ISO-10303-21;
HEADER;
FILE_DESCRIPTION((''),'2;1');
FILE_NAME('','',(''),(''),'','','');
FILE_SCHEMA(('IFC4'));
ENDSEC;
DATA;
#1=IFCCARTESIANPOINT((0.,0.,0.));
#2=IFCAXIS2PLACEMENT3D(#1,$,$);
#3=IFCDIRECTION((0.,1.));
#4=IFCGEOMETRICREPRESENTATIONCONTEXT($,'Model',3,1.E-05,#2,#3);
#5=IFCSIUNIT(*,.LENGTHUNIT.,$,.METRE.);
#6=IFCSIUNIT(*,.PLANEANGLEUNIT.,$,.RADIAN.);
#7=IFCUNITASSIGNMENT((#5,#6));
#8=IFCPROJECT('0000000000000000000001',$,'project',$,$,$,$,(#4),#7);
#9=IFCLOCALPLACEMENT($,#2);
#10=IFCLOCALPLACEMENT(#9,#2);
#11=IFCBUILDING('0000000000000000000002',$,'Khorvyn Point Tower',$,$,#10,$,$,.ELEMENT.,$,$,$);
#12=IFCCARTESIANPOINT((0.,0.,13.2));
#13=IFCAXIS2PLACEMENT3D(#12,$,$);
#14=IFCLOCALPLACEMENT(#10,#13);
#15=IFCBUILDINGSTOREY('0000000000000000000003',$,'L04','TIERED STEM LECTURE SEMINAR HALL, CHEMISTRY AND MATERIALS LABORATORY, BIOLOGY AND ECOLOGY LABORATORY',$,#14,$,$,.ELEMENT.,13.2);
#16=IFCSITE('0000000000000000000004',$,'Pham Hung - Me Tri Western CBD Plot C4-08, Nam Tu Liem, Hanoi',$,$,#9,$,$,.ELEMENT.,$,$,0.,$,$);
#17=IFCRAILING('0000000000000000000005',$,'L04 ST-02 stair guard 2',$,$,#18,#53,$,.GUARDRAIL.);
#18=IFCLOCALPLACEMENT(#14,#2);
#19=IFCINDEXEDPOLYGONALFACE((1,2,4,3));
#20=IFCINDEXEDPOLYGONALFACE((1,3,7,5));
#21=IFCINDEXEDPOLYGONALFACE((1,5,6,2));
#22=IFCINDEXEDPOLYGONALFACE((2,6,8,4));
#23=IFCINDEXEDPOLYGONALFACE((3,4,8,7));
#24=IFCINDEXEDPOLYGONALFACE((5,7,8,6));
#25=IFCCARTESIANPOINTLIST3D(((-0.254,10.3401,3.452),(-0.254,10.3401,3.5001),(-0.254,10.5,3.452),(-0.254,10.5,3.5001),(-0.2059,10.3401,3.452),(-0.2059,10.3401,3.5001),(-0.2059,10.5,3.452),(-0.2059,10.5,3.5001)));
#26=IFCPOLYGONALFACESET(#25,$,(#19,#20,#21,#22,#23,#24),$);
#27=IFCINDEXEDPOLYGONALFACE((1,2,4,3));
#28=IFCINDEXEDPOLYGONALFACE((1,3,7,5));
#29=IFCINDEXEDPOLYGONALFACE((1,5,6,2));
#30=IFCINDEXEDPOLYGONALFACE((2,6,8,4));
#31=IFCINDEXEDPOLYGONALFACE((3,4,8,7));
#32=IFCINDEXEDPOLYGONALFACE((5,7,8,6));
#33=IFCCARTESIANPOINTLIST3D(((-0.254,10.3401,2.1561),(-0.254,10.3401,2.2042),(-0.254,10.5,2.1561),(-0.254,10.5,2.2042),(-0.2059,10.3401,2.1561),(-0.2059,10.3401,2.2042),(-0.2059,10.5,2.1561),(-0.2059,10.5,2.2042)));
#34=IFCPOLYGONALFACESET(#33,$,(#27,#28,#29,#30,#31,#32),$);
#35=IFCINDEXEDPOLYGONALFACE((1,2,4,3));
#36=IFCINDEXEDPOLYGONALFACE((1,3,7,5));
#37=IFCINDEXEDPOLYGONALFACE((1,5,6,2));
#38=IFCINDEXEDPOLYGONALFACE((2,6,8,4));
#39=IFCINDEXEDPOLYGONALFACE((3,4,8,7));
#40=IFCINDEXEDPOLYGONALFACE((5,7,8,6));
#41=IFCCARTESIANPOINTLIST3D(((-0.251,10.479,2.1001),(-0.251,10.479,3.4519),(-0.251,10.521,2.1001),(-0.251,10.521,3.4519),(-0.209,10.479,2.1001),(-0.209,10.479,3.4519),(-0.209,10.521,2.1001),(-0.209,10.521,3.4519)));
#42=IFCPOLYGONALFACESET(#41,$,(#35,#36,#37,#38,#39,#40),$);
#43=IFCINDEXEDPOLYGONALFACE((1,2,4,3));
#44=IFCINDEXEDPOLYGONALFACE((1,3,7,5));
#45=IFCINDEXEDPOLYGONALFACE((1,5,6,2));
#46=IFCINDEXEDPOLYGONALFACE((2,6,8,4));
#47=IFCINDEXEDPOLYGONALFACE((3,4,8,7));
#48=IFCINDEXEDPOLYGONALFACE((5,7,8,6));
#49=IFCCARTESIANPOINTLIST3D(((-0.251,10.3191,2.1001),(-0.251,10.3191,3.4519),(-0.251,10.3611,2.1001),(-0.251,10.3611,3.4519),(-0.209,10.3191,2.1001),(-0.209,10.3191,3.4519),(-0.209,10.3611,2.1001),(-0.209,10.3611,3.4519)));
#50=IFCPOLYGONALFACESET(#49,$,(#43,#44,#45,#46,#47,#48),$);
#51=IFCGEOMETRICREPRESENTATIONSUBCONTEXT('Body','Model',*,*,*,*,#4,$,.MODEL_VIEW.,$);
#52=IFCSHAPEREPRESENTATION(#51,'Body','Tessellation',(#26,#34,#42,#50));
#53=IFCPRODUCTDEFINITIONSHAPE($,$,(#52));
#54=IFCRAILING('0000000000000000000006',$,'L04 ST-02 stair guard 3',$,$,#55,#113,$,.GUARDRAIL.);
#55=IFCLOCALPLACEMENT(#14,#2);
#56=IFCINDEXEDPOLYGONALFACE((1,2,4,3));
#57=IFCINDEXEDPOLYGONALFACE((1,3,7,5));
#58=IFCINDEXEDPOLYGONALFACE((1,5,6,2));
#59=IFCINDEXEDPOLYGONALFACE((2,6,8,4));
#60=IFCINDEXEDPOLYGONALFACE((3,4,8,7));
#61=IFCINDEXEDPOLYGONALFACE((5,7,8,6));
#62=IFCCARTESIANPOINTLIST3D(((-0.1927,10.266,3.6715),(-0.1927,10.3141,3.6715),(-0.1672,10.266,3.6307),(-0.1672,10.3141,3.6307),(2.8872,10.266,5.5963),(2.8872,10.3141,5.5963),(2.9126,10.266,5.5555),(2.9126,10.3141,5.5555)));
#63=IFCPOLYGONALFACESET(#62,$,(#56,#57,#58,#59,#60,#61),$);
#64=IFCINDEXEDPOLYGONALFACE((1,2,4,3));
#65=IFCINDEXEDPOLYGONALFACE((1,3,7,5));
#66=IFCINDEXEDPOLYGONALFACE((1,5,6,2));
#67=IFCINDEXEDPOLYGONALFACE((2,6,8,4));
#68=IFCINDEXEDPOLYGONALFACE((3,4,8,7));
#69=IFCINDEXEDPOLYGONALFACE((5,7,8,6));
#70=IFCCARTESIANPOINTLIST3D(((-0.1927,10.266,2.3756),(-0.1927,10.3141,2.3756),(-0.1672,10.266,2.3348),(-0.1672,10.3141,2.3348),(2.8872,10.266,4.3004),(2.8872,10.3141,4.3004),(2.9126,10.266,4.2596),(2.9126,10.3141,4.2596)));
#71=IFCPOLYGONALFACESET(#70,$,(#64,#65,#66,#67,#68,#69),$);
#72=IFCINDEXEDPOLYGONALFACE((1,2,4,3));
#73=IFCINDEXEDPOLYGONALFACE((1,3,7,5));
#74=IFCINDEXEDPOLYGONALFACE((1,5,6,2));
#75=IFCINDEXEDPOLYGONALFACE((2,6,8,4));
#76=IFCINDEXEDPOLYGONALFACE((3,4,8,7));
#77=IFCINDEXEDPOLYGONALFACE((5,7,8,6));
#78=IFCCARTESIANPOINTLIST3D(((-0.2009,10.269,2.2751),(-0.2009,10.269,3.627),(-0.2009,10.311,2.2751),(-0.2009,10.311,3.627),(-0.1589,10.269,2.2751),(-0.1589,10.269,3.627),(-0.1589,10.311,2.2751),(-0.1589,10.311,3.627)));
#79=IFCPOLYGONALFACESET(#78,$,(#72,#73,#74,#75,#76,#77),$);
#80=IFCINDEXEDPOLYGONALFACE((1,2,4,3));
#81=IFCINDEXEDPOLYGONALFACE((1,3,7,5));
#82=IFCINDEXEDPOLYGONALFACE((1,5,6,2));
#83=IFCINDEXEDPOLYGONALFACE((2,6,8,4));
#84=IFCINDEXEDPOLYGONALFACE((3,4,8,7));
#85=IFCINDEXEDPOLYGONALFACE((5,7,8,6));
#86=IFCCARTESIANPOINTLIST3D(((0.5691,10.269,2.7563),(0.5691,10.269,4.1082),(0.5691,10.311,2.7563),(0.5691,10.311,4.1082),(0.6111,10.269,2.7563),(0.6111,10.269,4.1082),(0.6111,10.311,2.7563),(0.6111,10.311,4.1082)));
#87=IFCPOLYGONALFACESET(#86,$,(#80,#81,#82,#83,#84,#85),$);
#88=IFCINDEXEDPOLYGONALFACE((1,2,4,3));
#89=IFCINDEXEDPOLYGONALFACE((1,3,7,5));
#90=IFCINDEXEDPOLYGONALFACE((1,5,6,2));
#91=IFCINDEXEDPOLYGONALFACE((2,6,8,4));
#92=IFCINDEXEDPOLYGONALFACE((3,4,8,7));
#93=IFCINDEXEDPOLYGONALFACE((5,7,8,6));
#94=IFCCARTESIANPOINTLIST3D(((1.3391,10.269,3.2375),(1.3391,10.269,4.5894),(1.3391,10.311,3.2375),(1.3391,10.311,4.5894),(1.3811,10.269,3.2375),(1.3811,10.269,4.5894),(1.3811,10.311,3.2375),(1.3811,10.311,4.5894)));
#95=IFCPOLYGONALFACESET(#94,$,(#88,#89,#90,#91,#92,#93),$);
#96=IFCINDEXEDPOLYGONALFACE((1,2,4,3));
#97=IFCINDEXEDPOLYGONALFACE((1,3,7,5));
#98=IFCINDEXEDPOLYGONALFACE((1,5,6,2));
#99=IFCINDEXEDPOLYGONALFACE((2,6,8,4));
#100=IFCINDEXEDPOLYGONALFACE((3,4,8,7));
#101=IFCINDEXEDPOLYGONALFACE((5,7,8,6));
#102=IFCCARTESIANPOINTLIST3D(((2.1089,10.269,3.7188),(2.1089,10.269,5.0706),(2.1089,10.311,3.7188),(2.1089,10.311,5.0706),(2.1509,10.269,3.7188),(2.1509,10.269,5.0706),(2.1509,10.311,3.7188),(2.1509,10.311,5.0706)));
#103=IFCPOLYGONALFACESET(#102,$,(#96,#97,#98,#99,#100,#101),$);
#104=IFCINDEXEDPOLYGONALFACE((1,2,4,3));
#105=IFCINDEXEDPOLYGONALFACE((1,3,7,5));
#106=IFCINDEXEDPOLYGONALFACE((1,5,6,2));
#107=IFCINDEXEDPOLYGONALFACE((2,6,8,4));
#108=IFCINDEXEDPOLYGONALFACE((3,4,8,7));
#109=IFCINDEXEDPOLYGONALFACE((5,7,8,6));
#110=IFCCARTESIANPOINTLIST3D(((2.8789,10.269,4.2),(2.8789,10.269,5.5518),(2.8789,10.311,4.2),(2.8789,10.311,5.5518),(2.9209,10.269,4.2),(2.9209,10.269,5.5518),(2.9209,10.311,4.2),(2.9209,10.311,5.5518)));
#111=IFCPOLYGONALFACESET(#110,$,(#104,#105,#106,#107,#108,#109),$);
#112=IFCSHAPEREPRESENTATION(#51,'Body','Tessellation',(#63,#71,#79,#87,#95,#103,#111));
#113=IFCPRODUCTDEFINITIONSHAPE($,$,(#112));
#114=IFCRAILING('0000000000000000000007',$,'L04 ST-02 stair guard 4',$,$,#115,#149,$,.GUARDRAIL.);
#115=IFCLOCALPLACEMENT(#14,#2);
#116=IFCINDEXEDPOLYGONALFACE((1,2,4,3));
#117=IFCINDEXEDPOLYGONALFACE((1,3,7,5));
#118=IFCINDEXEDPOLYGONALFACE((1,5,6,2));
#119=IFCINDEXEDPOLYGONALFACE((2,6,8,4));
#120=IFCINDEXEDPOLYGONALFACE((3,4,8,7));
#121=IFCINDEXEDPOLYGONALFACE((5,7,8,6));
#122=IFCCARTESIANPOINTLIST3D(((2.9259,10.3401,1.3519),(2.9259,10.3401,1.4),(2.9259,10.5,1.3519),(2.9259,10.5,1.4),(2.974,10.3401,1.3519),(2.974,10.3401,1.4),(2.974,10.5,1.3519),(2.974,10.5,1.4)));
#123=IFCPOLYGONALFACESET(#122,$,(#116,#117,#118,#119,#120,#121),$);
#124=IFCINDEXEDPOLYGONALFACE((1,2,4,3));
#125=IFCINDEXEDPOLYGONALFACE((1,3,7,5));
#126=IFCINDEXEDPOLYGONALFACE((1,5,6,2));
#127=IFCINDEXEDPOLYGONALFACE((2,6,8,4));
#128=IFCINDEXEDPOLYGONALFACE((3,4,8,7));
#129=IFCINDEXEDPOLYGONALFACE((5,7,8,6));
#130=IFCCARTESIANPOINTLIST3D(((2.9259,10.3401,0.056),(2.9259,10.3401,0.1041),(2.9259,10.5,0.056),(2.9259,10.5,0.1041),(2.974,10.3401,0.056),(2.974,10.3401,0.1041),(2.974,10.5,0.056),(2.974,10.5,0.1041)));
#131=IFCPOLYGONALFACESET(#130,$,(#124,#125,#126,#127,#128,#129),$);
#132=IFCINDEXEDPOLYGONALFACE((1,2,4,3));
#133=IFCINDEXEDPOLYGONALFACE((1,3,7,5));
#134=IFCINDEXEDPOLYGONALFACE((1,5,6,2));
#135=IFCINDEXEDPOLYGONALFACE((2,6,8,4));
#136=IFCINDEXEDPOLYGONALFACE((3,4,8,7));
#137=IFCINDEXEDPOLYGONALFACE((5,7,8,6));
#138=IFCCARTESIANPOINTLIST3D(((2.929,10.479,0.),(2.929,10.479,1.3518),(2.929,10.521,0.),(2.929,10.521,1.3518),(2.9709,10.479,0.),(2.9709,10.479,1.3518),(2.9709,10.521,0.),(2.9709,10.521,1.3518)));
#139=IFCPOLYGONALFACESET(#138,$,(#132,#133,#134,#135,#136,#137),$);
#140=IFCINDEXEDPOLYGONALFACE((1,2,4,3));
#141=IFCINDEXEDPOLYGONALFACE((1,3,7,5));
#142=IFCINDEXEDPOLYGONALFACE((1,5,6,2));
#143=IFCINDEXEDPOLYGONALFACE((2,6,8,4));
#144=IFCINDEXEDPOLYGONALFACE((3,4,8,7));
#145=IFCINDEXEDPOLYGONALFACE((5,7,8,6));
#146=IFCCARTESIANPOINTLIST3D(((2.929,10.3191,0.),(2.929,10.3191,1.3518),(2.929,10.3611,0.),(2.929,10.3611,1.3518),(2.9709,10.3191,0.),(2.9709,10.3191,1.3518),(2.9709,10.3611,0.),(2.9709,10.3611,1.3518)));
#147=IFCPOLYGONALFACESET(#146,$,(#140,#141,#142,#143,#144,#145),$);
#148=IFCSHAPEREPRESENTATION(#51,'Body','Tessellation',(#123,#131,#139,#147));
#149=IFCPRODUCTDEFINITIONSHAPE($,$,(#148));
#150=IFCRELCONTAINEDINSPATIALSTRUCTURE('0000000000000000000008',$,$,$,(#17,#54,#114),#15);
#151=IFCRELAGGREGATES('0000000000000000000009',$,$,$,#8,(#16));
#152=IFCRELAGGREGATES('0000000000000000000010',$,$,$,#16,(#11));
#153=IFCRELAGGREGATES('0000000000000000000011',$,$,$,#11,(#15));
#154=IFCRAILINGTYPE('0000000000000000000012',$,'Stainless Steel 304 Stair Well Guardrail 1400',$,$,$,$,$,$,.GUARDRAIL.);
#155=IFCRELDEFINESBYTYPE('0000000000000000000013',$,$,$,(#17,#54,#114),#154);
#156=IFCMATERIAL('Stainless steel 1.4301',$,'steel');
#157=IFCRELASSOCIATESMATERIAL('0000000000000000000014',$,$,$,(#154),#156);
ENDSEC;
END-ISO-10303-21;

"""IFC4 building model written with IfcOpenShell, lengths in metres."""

from ifc_helpers import new_model, si_unit, direction, frame, origin, origin_2d, place, context, subcontext, project, spatial, rectangle, extrude, material, type_object, element, save


model = new_model("IFC4")

# Units and contexts
model_context = context("Model", 3, precision=1e-05, world=origin(), true_north=direction((0.0, 1.0)))
body_context = subcontext(model_context, "Body", "Model", "MODEL_VIEW")
ifc_project = project(units=[si_unit("LENGTHUNIT", "METRE"), si_unit("PLANEANGLEUNIT", "RADIAN")], contexts=[model_context])

# Site, building, storey
site_placement = place(None, origin())
site = spatial("IfcSite", under=ifc_project, at=site_placement, Name="Pham Hung - Me Tri Western CBD Plot C4-08, Nam Tu Liem, Hanoi", CompositionType="ELEMENT", RefElevation=0.0)
building_placement = place(site_placement, origin())
building = spatial("IfcBuilding", under=site, at=building_placement, Name="Khorvyn Point Tower", CompositionType="ELEMENT")
storey_placement = place(building_placement, frame((0.0, 0.0, 13.2)))
storey = spatial("IfcBuildingStorey", under=building, at=storey_placement, Name="L04", Description="TIERED STEM LECTURE SEMINAR HALL, CHEMISTRY AND MATERIALS LABORATORY, BIOLOGY AND ECOLOGY LABORATORY", CompositionType="ELEMENT", Elevation=13.2)

# Shared definitions
ifc_material_1 = material(Name="Stainless steel 1.4301", Category="steel")

# Railings
railing_type_1 = type_object("IfcRailingType", Name="Stainless Steel 304 Stair Well Guardrail 1400", PredefinedType="GUARDRAIL", material=ifc_material_1)
railing_1_placement = place(storey_placement, frame((-0.23, 10.5, 2.1001)))
element("IfcRailing", 1, at=railing_1_placement, inside=storey, type_object=railing_type_1, Name="L04 ST-02 stair guard 2", PredefinedType="GUARDRAIL", context=body_context, shape_type="SweptSolid", body=[
    extrude(rectangle(XDim=0.0481, YDim=0.0481, at=origin_2d()), frame((0.0, 0.0, 1.376), z_axis=(0.0, -1.0, 0.0), x_axis=(1.0, 0.0, 0.0)), (0.0, 0.0, 1.0), 0.1599),
    extrude(rectangle(XDim=0.0481, YDim=0.0481, at=origin_2d()), frame((0.0, 0.0, 0.0801), z_axis=(0.0, -1.0, 0.0), x_axis=(1.0, 0.0, 0.0)), (0.0, 0.0, 1.0), 0.1599),
    extrude(rectangle(XDim=0.042, YDim=0.042, at=origin_2d()), origin(), (0.0, 0.0, 1.0), 1.3518),
    extrude(rectangle(XDim=0.042, YDim=0.042, at=origin_2d()), frame((0.0, -0.1599, 0.0)), (0.0, 0.0, 1.0), 1.3518),
])
railing_2_placement = place(storey_placement, frame((-0.1799, 10.29, 2.2751)))
element("IfcRailing", 2, at=railing_2_placement, inside=storey, type_object=railing_type_1, Name="L04 ST-02 stair guard 3", PredefinedType="GUARDRAIL", context=body_context, shape_type="SweptSolid", body=[
    extrude(rectangle(XDim=0.0481, YDim=0.0481, at=origin_2d()), frame((0.0, 0.0, 1.376), z_axis=(0.84801, 0.0, 0.529981), x_axis=(0.0, 1.0, 0.0)), (0.0, 0.0, 1.0), 3.6318),
    extrude(rectangle(XDim=0.0481, YDim=0.0481, at=origin_2d()), frame((0.0, 0.0, 0.0801), z_axis=(0.84801, 0.0, 0.529981), x_axis=(0.0, 1.0, 0.0)), (0.0, 0.0, 1.0), 3.6318),
    extrude(rectangle(XDim=0.042, YDim=0.042, at=origin_2d()), origin(), (0.0, 0.0, 1.0), 1.3518),
    extrude(rectangle(XDim=0.042, YDim=0.042, at=origin_2d()), frame((0.77, 0.0, 0.4812)), (0.0, 0.0, 1.0), 1.3518),
    extrude(rectangle(XDim=0.042, YDim=0.042, at=origin_2d()), frame((1.54, 0.0, 0.9624)), (0.0, 0.0, 1.0), 1.3518),
    extrude(rectangle(XDim=0.042, YDim=0.042, at=origin_2d()), frame((2.3098, 0.0, 1.4436)), (0.0, 0.0, 1.0), 1.3518),
    extrude(rectangle(XDim=0.042, YDim=0.042, at=origin_2d()), frame((3.0798, 0.0, 1.9248)), (0.0, 0.0, 1.0), 1.3518),
])
railing_3_placement = place(storey_placement, frame((2.95, 10.5, 0.0)))
element("IfcRailing", 3, at=railing_3_placement, inside=storey, type_object=railing_type_1, Name="L04 ST-02 stair guard 4", PredefinedType="GUARDRAIL", context=body_context, shape_type="SweptSolid", body=[
    extrude(rectangle(XDim=0.0481, YDim=0.0481, at=origin_2d()), frame((0.0, 0.0, 1.376), z_axis=(0.0, -1.0, 0.0), x_axis=(1.0, 0.0, 0.0)), (0.0, 0.0, 1.0), 0.1599),
    extrude(rectangle(XDim=0.0481, YDim=0.0481, at=origin_2d()), frame((0.0, 0.0, 0.0801), z_axis=(0.0, -1.0, 0.0), x_axis=(1.0, 0.0, 0.0)), (0.0, 0.0, 1.0), 0.1599),
    extrude(rectangle(XDim=0.042, YDim=0.042, at=origin_2d()), origin(), (0.0, 0.0, 1.0), 1.3518),
    extrude(rectangle(XDim=0.042, YDim=0.042, at=origin_2d()), frame((0.0, -0.1599, 0.0)), (0.0, 0.0, 1.0), 1.3518),
])

save(model, "model.ifc")
